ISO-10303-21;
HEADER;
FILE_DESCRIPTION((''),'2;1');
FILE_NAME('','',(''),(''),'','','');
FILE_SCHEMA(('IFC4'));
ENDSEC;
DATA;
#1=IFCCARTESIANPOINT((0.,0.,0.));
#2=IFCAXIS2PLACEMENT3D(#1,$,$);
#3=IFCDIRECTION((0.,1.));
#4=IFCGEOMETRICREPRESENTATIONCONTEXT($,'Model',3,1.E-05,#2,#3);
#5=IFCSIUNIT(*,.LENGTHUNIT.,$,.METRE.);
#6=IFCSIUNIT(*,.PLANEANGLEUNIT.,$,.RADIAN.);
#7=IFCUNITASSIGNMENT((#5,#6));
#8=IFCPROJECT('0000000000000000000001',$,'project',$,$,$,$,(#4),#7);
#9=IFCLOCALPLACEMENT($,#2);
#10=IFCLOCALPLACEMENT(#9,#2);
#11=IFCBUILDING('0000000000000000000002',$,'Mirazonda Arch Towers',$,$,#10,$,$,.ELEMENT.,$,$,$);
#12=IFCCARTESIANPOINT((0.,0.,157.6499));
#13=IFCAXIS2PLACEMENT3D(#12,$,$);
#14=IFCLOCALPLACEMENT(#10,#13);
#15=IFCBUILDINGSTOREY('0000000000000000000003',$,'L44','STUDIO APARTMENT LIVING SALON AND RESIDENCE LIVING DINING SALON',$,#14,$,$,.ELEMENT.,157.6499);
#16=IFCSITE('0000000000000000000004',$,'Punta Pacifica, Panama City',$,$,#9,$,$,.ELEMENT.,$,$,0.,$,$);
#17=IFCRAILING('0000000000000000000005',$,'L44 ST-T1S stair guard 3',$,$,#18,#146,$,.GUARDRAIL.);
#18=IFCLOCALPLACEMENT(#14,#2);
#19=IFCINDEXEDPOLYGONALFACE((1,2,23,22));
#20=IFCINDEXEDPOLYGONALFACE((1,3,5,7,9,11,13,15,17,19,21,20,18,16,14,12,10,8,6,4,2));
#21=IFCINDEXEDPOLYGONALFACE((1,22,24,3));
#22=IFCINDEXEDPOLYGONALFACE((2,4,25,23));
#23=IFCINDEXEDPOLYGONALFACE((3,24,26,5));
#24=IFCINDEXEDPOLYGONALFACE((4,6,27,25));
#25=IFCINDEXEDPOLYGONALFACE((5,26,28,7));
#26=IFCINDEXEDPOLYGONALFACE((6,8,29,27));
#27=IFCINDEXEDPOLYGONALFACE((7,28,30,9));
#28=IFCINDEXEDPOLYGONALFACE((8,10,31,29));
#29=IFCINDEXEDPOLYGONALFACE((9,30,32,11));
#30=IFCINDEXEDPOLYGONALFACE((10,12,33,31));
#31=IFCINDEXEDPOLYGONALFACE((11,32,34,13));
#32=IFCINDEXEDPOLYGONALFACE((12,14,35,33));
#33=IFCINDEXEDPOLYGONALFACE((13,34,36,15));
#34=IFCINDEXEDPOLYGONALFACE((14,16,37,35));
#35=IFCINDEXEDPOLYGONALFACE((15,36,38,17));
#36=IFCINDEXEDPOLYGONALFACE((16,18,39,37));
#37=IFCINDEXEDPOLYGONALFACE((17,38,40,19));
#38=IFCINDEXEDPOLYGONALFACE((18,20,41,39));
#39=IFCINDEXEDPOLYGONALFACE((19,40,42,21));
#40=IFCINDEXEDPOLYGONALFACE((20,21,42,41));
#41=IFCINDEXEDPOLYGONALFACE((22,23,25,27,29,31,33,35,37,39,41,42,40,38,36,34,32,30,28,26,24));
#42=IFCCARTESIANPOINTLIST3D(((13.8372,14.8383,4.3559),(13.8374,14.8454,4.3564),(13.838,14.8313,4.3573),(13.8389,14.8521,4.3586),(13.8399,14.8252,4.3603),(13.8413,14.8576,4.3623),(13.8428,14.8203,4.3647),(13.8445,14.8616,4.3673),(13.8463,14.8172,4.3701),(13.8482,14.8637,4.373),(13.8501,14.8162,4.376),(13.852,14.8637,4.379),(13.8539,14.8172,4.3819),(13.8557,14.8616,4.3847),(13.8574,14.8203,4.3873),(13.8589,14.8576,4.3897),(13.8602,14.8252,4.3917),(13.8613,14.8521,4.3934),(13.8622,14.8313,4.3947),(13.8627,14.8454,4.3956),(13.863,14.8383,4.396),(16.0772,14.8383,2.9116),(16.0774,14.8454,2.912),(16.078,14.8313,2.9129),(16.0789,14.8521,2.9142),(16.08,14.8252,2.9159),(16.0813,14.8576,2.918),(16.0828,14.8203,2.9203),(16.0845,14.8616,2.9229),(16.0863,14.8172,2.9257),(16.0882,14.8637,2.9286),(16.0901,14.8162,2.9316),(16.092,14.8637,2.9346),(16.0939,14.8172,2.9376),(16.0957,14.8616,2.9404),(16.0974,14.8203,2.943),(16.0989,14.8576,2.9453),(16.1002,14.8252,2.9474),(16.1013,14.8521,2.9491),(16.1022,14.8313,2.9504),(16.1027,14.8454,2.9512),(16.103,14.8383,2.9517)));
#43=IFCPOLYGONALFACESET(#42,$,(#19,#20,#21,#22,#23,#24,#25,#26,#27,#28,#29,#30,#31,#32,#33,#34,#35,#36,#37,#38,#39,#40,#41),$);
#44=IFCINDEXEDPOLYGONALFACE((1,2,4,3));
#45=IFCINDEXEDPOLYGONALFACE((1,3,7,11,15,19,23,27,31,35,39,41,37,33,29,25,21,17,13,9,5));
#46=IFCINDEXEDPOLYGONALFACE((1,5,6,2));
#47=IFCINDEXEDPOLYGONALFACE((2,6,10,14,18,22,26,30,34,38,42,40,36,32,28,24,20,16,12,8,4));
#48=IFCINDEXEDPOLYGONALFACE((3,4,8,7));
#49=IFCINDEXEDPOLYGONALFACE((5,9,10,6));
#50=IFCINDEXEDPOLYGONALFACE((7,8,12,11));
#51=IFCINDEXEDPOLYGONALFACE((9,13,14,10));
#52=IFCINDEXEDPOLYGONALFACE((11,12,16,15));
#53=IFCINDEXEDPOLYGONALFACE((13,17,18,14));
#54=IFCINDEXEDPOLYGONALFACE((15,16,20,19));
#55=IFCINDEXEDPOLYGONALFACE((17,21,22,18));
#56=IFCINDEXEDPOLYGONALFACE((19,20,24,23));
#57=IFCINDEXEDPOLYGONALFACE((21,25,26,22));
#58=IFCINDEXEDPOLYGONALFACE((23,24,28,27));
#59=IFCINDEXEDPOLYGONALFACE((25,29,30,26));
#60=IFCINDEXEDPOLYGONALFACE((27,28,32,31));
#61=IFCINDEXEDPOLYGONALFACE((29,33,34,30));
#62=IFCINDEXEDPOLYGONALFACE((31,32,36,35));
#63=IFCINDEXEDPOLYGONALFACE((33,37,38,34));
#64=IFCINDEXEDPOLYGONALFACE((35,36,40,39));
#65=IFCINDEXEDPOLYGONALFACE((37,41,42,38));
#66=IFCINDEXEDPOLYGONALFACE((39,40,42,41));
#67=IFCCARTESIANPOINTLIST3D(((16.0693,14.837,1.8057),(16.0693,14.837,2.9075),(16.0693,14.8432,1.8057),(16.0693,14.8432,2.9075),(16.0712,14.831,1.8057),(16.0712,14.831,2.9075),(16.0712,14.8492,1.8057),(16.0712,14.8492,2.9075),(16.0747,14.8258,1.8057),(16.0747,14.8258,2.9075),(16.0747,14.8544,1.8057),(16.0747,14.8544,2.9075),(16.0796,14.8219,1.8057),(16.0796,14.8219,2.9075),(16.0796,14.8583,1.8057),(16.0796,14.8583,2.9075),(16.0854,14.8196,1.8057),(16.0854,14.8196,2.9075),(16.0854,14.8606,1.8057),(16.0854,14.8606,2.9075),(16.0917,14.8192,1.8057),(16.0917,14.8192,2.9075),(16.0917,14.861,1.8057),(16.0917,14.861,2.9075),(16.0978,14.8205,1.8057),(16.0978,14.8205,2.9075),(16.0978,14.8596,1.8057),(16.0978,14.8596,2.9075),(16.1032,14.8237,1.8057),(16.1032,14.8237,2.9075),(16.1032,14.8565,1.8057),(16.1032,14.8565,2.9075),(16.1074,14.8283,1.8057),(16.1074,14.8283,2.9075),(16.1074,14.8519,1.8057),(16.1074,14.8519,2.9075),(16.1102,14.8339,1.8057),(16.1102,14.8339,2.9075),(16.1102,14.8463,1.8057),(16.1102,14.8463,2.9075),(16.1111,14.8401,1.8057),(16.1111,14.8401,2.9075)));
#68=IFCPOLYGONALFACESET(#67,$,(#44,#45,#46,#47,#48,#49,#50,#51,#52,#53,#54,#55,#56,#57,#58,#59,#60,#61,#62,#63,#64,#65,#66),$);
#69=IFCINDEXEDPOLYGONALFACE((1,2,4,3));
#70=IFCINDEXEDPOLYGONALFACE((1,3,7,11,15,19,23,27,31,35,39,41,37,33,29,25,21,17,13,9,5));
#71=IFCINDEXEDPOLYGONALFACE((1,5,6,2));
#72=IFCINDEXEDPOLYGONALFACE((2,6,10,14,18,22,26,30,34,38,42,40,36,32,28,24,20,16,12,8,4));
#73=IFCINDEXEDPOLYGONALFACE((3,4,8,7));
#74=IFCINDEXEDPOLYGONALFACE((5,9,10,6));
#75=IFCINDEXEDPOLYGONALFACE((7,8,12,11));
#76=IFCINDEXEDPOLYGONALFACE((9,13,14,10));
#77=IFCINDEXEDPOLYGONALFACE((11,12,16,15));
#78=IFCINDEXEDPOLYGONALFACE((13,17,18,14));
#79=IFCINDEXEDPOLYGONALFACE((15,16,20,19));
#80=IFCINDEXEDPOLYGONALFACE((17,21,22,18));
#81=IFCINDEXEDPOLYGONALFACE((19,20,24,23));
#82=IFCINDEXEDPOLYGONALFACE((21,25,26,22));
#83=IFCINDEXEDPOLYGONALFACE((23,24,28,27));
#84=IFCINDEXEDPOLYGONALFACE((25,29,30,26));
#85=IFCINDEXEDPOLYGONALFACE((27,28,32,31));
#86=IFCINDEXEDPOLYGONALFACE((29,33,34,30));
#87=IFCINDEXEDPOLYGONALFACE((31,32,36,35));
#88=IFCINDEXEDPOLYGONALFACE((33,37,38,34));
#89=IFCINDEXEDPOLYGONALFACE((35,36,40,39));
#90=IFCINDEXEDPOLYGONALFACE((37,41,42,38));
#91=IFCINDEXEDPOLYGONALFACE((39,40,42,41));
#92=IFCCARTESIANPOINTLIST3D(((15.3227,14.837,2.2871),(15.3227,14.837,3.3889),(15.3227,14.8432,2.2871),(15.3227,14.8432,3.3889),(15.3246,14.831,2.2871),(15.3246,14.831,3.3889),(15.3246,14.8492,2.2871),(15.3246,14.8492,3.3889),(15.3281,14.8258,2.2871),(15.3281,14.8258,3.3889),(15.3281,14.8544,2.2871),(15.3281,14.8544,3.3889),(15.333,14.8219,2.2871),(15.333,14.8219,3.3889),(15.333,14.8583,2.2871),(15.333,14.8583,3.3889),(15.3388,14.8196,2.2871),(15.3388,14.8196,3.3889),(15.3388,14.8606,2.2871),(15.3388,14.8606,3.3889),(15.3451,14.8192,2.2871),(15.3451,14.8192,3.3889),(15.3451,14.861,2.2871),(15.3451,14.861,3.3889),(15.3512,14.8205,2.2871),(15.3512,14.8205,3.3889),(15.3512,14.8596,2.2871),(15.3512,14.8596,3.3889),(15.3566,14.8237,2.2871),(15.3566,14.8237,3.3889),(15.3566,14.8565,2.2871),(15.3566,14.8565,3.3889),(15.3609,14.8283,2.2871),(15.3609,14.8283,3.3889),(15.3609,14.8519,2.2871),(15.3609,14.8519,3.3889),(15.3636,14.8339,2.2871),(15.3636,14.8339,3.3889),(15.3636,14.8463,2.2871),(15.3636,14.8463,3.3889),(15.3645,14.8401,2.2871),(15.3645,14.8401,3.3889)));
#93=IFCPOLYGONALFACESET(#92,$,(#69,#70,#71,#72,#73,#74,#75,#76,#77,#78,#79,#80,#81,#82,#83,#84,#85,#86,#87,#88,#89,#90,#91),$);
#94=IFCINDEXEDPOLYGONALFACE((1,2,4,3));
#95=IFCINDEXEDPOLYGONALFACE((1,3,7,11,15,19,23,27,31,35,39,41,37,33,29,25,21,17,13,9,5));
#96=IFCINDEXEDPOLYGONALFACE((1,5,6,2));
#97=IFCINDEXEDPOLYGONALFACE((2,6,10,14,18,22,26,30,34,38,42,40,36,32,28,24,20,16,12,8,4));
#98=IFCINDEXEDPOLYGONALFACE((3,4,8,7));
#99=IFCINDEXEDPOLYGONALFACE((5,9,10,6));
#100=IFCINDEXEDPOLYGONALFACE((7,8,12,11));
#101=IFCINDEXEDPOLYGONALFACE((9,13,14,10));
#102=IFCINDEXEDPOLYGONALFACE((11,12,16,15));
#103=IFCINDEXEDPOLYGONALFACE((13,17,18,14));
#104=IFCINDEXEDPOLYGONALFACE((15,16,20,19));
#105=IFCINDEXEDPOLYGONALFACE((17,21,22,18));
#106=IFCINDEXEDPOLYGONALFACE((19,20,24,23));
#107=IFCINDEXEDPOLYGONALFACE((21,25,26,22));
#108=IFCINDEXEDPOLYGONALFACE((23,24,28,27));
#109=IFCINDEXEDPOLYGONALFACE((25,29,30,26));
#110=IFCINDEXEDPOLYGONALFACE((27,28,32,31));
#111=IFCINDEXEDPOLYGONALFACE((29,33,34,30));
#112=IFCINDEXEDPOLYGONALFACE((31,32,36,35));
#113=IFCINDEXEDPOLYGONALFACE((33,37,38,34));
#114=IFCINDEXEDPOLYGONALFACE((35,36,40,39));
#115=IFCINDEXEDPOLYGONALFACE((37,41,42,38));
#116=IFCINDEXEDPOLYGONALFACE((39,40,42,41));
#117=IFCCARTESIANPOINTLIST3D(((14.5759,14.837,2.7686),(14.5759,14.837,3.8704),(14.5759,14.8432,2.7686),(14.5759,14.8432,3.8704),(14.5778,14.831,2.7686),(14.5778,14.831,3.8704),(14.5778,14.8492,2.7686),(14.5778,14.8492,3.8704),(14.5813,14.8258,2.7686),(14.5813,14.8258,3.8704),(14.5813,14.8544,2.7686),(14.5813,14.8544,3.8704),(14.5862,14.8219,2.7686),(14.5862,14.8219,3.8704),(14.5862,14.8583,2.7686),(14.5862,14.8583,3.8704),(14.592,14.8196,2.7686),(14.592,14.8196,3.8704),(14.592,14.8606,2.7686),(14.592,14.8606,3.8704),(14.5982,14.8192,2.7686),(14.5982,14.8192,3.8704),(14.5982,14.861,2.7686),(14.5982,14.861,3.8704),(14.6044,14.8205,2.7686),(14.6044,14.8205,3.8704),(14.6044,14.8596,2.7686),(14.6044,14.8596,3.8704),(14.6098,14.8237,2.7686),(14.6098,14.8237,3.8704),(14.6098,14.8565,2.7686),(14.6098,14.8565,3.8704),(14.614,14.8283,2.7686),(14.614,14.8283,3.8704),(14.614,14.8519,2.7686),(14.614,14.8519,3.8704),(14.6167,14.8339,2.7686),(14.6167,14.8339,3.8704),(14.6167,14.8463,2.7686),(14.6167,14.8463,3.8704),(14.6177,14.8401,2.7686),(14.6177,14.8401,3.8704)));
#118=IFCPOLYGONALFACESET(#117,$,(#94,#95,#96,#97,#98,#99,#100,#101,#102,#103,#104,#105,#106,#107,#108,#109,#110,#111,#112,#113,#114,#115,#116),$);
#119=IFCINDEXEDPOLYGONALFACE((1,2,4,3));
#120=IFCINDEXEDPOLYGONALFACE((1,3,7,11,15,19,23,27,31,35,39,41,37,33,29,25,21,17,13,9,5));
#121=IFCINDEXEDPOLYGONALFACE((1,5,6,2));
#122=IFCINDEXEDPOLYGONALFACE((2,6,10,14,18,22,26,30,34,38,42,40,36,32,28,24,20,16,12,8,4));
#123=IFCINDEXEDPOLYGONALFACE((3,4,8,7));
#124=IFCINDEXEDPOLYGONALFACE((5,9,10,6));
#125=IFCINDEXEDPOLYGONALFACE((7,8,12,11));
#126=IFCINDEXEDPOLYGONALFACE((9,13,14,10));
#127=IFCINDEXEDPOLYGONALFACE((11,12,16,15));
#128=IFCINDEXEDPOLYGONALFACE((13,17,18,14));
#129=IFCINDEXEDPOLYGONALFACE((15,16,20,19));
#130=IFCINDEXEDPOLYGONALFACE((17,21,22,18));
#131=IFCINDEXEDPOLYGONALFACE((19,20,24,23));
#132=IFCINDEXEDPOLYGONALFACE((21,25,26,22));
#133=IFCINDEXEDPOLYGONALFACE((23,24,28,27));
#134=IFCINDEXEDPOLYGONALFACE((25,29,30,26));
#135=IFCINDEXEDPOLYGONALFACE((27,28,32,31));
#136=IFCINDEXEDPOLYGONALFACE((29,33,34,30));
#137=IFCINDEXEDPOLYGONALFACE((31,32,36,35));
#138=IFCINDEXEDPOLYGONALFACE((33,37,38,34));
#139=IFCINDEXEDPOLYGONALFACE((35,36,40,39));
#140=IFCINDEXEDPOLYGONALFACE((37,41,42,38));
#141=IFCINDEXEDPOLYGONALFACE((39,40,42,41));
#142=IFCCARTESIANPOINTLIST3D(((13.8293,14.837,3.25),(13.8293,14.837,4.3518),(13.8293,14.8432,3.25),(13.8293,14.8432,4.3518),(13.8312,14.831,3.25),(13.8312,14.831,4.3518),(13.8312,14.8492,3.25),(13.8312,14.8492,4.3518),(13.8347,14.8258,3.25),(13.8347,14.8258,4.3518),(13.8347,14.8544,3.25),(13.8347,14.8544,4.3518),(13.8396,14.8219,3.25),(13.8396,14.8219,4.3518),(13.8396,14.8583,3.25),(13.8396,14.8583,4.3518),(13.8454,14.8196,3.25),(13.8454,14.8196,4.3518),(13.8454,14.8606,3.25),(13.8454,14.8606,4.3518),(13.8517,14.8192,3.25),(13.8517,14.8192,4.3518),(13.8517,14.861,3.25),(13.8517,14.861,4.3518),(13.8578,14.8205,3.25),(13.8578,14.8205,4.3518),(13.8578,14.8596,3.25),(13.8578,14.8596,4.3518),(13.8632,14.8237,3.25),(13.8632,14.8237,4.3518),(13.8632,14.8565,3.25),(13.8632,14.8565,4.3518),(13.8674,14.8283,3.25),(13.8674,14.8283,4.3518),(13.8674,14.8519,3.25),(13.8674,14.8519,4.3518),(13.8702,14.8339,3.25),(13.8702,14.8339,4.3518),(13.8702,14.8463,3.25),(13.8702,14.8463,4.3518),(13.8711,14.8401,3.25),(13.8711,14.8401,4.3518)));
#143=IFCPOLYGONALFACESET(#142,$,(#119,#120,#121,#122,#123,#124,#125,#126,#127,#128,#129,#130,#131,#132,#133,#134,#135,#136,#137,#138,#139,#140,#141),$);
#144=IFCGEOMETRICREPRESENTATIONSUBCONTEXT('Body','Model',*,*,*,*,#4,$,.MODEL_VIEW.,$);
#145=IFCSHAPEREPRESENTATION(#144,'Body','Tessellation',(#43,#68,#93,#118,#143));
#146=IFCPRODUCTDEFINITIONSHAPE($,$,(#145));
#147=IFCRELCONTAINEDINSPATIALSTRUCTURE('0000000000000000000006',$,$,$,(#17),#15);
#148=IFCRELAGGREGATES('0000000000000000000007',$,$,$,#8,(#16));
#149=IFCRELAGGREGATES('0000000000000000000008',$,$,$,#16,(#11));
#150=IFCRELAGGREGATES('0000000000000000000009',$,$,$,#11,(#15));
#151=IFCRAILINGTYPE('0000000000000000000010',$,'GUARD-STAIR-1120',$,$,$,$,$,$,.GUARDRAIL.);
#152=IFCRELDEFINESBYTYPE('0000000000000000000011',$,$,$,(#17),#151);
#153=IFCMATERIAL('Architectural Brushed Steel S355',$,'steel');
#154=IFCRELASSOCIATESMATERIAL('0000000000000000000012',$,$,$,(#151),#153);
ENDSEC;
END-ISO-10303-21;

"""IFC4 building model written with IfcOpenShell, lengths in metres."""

from ifc_helpers import new_model, si_unit, direction, frame, origin, origin_2d, place, context, subcontext, project, spatial, circle, extrude, material, type_object, element, save


model = new_model("IFC4")

# Units and contexts
model_context = context("Model", 3, precision=1e-05, world=origin(), true_north=direction((0.0, 1.0)))
body_context = subcontext(model_context, "Body", "Model", "MODEL_VIEW")
ifc_project = project(units=[si_unit("LENGTHUNIT", "METRE"), si_unit("PLANEANGLEUNIT", "RADIAN")], contexts=[model_context])

# Site, building, storey
site_placement = place(None, origin())
site = spatial("IfcSite", under=ifc_project, at=site_placement, Name="Punta Pacifica, Panama City", CompositionType="ELEMENT", RefElevation=0.0)
building_placement = place(site_placement, origin())
building = spatial("IfcBuilding", under=site, at=building_placement, Name="Mirazonda Arch Towers", CompositionType="ELEMENT")
storey_placement = place(building_placement, frame((0.0, 0.0, 157.6499)))
storey = spatial("IfcBuildingStorey", under=building, at=storey_placement, Name="L44", Description="STUDIO APARTMENT LIVING SALON AND RESIDENCE LIVING DINING SALON", CompositionType="ELEMENT", Elevation=157.6499)

# Shared definitions
ifc_material_1 = material(Name="Architectural Brushed Steel S355", Category="steel")

# Railing
railing_type_1 = type_object("IfcRailingType", Name="GUARD-STAIR-1120", PredefinedType="GUARDRAIL", material=ifc_material_1)
railing_1_placement = place(storey_placement, frame((16.0901, 14.8401, 1.8057)))
element("IfcRailing", 1, at=railing_1_placement, inside=storey, type_object=railing_type_1, Name="L44 ST-T1S stair guard 3", PredefinedType="GUARDRAIL", context=body_context, shape_type="SweptSolid", body=[
    extrude(circle(Radius=0.0239, at=origin_2d()), frame((0.0, 0.0, 1.126), z_axis=(-0.840437, 0.0, 0.54191), x_axis=(0.0, -1.0, 0.0)), (0.0, 0.0, 1.0), 2.6653),
    extrude(circle(Radius=0.021, at=origin_2d()), origin(), (0.0, 0.0, 1.0), 1.1018),
    extrude(circle(Radius=0.021, at=origin_2d()), frame((-0.7466, 0.0, 0.4814)), (0.0, 0.0, 1.0), 1.1018),
    extrude(circle(Radius=0.021, at=origin_2d()), frame((-1.4934, 0.0, 0.9629)), (0.0, 0.0, 1.0), 1.1018),
    extrude(circle(Radius=0.021, at=origin_2d()), frame((-2.24, 0.0, 1.4443)), (0.0, 0.0, 1.0), 1.1018),
])

save(model, "model.ifc")
